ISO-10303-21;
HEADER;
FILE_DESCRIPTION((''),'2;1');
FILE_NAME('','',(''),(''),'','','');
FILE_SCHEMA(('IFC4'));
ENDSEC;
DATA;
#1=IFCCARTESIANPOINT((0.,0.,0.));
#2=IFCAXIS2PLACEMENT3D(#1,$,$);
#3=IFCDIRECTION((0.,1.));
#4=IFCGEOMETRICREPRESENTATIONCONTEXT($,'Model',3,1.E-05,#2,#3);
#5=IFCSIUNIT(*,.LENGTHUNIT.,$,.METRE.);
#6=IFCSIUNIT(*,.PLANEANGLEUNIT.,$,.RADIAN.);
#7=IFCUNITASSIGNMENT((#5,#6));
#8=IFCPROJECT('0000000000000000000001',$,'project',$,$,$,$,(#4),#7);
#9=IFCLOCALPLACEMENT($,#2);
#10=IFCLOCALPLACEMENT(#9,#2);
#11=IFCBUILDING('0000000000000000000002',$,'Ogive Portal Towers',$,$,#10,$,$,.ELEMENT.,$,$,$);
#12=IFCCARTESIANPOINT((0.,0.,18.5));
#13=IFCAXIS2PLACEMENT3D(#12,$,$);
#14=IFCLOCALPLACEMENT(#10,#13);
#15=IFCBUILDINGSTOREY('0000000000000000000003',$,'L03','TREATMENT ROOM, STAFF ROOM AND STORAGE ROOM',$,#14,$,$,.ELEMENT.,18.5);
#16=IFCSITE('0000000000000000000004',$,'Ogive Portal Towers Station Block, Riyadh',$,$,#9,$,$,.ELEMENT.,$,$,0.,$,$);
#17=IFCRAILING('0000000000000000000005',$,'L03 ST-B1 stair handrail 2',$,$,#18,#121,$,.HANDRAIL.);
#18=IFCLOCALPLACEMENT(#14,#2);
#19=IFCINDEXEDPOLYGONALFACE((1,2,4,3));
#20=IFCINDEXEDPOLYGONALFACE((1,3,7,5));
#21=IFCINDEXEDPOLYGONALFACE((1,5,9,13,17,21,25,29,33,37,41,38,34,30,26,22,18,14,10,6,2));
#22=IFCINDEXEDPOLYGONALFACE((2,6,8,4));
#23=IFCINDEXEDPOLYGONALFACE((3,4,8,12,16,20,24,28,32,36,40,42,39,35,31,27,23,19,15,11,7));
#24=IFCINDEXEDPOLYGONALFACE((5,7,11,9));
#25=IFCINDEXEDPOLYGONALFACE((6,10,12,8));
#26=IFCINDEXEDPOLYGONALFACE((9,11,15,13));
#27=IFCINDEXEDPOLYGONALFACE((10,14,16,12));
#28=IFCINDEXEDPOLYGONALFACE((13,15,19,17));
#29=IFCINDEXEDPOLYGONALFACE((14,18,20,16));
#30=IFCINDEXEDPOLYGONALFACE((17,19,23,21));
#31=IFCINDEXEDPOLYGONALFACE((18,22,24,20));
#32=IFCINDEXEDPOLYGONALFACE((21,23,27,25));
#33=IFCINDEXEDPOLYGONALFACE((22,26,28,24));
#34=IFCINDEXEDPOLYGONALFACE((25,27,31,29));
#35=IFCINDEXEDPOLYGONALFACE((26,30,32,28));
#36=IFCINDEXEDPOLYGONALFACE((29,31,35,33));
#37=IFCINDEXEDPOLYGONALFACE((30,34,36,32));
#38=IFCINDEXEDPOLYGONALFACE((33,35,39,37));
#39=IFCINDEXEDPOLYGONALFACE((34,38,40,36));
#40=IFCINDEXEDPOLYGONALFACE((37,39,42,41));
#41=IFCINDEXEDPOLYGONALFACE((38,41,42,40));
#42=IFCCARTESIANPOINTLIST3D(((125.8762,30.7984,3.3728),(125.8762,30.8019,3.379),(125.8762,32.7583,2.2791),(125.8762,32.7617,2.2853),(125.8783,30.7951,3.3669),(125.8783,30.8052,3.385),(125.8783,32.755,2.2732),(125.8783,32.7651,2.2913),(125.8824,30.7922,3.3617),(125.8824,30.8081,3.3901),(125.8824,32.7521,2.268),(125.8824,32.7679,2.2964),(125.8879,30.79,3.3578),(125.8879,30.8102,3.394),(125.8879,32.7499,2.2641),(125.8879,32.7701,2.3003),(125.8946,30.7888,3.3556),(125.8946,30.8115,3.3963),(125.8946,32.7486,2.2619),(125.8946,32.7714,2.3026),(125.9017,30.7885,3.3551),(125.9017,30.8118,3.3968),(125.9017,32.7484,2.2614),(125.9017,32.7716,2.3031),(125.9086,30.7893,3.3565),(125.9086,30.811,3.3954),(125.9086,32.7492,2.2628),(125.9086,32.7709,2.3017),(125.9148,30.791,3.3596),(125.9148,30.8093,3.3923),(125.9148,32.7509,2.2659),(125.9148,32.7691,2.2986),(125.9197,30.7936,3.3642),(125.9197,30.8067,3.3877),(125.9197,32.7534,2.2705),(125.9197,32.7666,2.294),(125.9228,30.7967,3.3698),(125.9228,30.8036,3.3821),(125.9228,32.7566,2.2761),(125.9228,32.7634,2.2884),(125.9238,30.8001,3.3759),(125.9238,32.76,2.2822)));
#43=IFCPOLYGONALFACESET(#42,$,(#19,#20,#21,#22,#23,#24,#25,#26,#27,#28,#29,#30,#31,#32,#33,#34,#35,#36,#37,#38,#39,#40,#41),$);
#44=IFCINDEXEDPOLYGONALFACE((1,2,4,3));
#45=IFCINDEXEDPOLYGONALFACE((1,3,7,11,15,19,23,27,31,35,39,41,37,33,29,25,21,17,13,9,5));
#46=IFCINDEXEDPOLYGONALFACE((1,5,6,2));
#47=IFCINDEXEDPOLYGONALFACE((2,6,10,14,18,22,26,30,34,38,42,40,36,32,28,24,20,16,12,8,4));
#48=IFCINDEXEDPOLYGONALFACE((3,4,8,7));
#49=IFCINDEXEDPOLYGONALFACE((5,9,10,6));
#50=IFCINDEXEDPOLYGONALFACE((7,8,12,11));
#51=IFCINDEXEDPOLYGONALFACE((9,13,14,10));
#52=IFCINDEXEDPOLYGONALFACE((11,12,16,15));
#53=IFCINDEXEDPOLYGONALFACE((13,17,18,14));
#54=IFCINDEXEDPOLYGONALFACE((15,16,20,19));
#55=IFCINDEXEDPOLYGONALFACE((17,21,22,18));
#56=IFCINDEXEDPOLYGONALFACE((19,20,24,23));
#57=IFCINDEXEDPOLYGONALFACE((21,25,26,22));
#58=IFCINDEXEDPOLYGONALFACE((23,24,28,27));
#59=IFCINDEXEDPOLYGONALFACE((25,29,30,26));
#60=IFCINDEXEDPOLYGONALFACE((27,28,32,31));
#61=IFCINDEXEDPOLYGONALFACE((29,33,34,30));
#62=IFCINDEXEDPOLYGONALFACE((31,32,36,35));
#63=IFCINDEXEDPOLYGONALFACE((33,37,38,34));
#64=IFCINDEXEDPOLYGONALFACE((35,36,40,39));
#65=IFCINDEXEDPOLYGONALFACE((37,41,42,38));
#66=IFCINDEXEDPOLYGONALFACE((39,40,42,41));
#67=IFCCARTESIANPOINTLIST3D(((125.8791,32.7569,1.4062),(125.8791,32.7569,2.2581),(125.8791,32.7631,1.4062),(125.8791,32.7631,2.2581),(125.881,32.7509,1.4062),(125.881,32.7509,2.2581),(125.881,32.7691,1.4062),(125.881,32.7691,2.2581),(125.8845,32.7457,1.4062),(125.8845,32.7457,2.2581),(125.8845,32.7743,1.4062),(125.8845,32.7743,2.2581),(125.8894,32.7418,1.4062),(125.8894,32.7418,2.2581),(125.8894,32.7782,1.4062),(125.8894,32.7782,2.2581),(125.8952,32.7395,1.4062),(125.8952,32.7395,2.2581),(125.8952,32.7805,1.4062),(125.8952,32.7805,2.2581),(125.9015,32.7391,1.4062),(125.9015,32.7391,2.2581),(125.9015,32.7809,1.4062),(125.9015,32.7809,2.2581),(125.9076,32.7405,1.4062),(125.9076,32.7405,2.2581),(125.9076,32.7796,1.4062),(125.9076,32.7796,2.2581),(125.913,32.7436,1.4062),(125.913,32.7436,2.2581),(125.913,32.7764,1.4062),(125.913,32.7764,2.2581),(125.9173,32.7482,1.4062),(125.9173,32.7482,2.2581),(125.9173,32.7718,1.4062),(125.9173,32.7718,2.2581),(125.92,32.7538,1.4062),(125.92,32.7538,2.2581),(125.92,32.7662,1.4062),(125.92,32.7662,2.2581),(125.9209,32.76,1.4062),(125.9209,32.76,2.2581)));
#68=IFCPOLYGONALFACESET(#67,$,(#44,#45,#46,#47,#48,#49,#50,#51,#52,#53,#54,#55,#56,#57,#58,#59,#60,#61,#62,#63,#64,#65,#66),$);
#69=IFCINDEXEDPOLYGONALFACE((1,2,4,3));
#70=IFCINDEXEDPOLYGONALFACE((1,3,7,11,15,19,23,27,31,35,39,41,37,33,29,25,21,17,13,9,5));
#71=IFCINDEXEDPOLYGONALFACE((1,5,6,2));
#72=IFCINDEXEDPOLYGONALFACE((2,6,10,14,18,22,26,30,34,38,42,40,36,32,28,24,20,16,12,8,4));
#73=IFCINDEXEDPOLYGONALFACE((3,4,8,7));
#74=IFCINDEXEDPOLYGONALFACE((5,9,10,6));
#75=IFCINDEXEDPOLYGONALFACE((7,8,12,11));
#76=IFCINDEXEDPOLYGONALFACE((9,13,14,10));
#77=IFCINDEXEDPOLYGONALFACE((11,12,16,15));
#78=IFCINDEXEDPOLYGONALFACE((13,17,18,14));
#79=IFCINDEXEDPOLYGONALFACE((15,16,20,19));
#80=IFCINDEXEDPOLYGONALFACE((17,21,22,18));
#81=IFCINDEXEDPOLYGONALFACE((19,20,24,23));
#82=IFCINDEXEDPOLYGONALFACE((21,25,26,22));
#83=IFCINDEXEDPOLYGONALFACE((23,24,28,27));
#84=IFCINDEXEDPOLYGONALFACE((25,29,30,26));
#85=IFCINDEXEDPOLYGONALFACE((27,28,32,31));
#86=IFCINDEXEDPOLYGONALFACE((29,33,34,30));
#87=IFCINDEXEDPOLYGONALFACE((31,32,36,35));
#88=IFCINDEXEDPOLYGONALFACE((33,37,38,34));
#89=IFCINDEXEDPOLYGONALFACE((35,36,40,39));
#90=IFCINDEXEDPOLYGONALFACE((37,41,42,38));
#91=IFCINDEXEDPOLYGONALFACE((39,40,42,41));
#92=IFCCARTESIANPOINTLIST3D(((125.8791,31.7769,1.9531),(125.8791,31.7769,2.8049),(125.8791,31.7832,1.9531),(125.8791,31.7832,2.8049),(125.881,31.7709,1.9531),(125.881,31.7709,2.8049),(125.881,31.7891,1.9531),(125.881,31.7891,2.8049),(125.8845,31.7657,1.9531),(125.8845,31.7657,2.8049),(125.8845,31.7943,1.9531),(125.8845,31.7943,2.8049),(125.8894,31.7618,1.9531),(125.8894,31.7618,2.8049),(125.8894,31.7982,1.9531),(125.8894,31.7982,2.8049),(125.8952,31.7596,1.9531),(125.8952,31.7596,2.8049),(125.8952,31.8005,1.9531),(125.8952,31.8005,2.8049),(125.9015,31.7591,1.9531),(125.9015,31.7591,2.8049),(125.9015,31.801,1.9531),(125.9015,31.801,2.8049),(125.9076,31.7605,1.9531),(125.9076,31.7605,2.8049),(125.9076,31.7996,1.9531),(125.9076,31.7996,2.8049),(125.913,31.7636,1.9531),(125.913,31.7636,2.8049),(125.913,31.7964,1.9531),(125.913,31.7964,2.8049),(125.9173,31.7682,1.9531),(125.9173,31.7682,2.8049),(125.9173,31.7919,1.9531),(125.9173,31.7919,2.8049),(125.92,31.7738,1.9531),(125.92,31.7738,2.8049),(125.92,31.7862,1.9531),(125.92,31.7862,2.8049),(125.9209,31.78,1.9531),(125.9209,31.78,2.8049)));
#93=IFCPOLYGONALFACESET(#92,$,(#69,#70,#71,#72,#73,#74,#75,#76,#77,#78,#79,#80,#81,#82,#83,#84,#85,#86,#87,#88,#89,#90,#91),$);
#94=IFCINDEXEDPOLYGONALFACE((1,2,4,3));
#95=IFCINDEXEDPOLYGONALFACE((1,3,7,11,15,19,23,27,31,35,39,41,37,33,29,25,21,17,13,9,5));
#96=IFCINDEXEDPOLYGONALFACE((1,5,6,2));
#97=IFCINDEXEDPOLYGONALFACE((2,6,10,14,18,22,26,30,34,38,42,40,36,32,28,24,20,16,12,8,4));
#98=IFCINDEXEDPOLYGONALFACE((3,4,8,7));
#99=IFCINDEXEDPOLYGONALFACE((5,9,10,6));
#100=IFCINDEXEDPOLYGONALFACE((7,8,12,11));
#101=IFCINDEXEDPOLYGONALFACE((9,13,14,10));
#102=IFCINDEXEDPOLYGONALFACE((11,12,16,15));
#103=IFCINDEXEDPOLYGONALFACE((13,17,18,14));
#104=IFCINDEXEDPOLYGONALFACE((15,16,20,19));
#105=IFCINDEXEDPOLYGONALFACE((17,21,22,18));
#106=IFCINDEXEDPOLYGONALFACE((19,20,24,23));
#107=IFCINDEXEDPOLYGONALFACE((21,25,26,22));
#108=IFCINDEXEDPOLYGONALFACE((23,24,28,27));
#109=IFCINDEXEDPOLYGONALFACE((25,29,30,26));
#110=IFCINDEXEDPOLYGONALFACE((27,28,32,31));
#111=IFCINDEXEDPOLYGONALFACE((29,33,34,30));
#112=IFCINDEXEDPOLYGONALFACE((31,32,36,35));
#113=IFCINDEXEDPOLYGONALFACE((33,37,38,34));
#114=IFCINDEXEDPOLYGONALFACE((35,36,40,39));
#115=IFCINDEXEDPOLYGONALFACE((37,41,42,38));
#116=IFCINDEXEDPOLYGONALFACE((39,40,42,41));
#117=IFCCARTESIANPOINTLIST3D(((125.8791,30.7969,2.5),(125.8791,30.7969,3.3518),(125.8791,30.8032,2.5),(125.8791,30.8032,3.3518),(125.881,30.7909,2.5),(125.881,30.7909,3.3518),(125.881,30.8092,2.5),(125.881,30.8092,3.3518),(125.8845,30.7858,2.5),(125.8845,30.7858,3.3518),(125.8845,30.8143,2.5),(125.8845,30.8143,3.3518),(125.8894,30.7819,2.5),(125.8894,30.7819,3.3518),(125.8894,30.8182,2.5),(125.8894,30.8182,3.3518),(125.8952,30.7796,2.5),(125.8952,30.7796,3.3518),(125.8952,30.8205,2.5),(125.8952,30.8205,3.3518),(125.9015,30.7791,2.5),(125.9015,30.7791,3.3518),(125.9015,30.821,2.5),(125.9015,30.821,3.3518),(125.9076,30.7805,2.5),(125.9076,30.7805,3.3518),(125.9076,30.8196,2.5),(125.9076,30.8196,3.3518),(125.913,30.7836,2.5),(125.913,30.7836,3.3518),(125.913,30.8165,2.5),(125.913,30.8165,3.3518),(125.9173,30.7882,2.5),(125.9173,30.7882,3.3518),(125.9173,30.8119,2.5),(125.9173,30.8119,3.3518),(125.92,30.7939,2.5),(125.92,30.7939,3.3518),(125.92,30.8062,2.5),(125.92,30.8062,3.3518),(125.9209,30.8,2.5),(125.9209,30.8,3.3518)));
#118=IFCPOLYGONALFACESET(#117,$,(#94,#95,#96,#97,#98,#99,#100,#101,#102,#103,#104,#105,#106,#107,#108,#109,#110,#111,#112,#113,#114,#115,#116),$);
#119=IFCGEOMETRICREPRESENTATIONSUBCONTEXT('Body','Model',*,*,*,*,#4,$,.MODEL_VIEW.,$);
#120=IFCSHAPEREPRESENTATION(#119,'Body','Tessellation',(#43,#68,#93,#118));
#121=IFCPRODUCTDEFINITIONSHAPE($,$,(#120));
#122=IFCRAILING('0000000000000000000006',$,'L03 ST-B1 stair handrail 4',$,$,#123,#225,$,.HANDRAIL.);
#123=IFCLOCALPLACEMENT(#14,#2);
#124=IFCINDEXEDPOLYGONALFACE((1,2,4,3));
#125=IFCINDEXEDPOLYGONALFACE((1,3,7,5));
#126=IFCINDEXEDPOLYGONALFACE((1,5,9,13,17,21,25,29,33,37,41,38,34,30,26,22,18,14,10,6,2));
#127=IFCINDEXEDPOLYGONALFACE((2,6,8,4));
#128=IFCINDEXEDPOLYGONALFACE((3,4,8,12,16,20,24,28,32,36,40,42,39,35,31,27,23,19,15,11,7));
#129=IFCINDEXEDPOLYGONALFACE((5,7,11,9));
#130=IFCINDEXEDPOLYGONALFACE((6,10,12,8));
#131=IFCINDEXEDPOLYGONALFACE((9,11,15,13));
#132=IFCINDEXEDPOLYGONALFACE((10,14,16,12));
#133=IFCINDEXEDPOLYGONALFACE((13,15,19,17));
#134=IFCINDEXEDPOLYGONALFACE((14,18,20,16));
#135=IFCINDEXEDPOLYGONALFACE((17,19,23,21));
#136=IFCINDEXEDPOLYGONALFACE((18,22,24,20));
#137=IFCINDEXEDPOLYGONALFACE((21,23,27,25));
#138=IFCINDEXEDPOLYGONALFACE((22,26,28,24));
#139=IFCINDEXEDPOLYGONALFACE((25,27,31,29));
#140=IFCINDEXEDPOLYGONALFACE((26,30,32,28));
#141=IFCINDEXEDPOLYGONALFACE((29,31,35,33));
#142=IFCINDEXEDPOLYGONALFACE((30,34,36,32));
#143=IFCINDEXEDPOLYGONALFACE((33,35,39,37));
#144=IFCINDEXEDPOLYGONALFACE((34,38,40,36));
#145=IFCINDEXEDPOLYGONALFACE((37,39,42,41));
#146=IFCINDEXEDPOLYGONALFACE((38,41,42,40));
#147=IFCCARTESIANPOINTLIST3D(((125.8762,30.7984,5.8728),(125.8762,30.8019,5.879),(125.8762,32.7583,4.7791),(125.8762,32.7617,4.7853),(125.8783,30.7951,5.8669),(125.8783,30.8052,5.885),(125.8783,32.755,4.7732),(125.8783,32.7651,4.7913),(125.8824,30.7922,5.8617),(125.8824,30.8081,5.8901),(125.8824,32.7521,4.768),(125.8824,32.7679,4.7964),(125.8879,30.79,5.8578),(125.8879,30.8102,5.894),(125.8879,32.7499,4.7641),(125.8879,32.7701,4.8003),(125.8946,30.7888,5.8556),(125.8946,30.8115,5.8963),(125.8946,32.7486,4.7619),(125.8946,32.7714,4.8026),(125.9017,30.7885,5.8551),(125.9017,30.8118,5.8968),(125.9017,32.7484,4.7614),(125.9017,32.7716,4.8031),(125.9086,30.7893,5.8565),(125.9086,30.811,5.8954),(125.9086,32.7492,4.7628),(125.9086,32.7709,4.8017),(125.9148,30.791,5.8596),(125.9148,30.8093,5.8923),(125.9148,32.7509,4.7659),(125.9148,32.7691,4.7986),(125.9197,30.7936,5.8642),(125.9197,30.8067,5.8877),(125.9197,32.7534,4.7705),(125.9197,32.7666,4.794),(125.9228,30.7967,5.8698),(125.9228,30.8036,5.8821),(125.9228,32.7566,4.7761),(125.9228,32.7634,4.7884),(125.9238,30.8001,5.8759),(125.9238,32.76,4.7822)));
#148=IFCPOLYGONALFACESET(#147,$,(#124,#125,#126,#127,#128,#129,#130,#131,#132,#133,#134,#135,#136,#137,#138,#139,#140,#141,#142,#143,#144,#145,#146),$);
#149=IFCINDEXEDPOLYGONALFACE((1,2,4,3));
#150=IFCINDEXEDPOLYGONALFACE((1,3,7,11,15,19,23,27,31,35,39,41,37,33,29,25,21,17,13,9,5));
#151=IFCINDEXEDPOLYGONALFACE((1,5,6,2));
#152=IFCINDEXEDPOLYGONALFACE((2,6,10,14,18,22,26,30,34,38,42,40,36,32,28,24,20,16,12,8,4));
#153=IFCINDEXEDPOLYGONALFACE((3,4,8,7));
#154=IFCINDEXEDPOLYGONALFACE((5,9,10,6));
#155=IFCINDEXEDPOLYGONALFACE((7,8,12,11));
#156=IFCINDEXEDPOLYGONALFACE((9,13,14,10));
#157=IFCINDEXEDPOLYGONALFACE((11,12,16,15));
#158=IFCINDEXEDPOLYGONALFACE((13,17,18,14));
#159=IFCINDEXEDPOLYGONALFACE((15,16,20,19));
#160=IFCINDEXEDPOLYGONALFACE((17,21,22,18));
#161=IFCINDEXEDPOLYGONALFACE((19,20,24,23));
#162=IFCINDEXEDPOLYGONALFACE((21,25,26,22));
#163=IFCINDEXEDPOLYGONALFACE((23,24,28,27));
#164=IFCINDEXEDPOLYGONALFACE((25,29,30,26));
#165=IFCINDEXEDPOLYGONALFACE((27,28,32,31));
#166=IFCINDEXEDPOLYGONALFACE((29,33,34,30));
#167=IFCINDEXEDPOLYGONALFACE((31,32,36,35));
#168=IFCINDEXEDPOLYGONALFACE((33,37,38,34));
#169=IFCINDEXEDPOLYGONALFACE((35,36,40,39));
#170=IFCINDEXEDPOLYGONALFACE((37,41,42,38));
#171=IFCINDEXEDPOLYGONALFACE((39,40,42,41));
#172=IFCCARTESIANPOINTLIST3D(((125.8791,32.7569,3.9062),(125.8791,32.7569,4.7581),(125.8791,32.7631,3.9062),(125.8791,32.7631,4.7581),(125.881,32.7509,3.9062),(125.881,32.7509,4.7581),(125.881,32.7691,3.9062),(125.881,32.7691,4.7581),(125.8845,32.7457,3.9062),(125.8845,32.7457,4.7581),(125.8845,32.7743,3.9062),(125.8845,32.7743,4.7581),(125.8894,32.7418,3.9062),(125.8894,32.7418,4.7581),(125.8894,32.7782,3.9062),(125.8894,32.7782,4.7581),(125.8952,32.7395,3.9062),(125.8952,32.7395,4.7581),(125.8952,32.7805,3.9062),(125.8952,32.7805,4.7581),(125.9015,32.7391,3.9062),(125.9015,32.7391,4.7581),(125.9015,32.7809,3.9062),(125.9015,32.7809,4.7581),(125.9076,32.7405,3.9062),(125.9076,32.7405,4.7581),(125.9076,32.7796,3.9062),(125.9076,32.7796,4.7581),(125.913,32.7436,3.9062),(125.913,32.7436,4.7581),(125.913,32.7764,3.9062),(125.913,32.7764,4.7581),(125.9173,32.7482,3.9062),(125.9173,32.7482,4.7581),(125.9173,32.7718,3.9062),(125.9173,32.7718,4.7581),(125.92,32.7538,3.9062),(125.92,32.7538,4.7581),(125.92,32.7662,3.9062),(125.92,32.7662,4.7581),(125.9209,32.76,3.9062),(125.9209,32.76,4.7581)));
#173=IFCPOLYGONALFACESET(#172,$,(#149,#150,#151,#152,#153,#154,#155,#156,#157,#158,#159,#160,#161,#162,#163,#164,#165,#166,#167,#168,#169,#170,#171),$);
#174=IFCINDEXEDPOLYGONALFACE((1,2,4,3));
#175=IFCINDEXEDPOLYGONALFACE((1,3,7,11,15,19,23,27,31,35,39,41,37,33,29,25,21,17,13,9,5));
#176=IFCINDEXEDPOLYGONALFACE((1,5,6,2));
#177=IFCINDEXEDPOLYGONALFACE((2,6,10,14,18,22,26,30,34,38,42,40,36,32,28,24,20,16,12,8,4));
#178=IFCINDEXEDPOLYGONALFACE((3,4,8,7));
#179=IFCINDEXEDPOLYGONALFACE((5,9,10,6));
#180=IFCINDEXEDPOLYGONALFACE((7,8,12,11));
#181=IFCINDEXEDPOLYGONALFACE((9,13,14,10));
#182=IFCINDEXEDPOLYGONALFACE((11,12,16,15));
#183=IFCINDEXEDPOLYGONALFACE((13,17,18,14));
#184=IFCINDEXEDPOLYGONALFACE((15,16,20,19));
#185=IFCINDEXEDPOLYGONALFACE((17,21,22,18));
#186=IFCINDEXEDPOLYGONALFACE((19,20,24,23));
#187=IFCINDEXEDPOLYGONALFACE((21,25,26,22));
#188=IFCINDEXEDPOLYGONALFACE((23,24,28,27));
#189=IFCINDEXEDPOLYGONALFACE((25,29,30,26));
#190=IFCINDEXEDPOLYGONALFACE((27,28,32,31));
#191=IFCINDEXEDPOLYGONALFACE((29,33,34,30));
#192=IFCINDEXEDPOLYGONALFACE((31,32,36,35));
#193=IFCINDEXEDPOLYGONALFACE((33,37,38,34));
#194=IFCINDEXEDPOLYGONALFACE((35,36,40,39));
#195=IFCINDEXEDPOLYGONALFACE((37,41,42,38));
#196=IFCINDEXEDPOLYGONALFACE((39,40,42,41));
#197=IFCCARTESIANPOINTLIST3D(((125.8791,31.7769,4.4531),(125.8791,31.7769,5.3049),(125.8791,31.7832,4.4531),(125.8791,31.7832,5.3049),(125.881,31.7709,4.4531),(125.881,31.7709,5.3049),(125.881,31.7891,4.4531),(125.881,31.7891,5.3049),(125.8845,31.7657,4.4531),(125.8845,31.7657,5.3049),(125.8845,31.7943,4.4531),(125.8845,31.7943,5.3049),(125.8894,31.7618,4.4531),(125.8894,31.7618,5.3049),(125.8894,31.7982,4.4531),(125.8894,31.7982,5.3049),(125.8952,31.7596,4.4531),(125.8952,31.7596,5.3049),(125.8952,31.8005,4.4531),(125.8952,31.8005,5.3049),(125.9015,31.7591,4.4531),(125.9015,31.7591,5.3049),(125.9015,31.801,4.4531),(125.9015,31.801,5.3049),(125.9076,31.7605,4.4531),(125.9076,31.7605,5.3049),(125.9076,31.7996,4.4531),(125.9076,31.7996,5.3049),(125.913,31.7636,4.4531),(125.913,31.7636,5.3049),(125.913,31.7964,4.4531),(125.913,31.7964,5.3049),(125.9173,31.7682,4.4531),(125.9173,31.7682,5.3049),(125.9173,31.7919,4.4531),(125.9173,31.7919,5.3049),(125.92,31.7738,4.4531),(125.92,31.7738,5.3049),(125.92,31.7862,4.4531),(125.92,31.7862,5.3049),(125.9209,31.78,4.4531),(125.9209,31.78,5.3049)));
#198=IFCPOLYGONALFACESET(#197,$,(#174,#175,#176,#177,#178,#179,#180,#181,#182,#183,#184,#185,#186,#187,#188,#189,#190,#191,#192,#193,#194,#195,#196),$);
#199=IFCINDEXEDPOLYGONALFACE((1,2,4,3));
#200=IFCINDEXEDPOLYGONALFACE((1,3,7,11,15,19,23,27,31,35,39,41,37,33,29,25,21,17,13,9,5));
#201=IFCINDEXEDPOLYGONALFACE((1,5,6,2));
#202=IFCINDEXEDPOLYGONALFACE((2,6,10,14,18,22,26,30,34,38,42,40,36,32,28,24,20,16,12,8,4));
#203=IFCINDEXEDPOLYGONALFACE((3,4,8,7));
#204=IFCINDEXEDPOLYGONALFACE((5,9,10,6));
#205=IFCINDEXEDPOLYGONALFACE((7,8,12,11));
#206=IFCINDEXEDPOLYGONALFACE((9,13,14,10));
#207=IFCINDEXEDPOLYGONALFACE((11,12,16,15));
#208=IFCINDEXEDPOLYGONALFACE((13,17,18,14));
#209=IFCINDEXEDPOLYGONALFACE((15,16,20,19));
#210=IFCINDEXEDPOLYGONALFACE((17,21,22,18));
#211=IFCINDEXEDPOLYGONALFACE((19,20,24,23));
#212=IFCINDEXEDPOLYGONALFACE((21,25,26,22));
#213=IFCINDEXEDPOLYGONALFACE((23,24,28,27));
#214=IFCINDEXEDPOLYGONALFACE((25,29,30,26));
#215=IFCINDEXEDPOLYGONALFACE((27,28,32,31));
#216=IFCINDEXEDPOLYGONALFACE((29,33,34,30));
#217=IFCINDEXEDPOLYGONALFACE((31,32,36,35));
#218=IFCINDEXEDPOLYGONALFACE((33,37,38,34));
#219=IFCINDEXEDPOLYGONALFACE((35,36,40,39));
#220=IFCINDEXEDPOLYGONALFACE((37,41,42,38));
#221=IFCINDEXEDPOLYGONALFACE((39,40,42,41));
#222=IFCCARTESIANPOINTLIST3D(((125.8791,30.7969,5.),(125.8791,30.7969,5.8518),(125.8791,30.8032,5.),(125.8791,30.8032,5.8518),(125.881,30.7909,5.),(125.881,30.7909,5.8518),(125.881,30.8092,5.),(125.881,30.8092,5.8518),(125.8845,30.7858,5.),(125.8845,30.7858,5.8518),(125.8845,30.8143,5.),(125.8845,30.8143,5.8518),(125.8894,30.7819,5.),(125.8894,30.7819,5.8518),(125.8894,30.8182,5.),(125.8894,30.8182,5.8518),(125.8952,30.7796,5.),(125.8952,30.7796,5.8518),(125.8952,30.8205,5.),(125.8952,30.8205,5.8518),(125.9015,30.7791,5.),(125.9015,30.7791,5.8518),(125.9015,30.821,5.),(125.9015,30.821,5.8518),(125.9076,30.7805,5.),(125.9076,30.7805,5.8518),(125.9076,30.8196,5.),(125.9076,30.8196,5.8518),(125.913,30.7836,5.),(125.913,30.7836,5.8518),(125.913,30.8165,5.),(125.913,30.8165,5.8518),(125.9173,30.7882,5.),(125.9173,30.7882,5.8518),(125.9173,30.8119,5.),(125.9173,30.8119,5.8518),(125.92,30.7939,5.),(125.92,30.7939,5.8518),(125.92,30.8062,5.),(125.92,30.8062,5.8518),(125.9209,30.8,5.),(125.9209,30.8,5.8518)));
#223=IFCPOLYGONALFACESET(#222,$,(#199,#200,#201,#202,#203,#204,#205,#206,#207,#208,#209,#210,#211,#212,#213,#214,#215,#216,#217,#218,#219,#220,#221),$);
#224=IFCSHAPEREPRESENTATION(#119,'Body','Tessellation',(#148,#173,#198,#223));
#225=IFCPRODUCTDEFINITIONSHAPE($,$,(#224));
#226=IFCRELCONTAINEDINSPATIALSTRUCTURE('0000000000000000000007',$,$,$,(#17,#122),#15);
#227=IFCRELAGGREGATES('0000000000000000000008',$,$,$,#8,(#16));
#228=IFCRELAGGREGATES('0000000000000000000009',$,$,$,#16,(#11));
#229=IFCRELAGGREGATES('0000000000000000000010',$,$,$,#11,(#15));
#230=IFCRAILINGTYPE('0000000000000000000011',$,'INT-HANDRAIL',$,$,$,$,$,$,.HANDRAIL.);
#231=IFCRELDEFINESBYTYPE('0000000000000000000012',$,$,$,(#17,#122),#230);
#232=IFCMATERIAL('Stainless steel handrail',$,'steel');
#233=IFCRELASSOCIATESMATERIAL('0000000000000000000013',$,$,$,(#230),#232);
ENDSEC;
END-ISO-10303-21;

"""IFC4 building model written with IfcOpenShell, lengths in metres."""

from ifc_helpers import new_model, si_unit, direction, frame, origin, origin_2d, place, context, subcontext, project, spatial, circle, extrude, material, type_object, element, save


model = new_model("IFC4")

# Units and contexts
model_context = context("Model", 3, precision=1e-05, world=origin(), true_north=direction((0.0, 1.0)))
body_context = subcontext(model_context, "Body", "Model", "MODEL_VIEW")
ifc_project = project(units=[si_unit("LENGTHUNIT", "METRE"), si_unit("PLANEANGLEUNIT", "RADIAN")], contexts=[model_context])

# Site, building, storey
site_placement = place(None, origin())
site = spatial("IfcSite", under=ifc_project, at=site_placement, Name="Ogive Portal Towers Station Block, Riyadh", CompositionType="ELEMENT", RefElevation=0.0)
building_placement = place(site_placement, origin())
building = spatial("IfcBuilding", under=site, at=building_placement, Name="Ogive Portal Towers", CompositionType="ELEMENT")
storey_placement = place(building_placement, frame((0.0, 0.0, 18.5)))
storey = spatial("IfcBuildingStorey", under=building, at=storey_placement, Name="L03", Description="TREATMENT ROOM, STAFF ROOM AND STORAGE ROOM", CompositionType="ELEMENT", Elevation=18.5)

# Railings
ifc_material_1 = material(Name="Stainless steel handrail", Category="steel")
railing_type_1 = type_object("IfcRailingType", Name="INT-HANDRAIL", PredefinedType="HANDRAIL", material=ifc_material_1)
for number, where, name in (
    (1, (125.8999, 32.76, 1.4062), "L03 ST-B1 stair handrail 2"),
    (2, (125.8999, 32.76, 3.9062), "L03 ST-B1 stair handrail 4"),
):
    element("IfcRailing", number, at=place(storey_placement, frame(where)), inside=storey, type_object=railing_type_1, Name=name, PredefinedType="HANDRAIL", context=body_context, shape_type="SweptSolid", body=[
        extrude(circle(Radius=0.0239, at=origin_2d()), frame((0.0, 0.0, 0.876), z_axis=(0.0, -0.873232, 0.487304), x_axis=(1.0, 0.0, 0.0)), (0.0, 0.0, 1.0), 2.2444),
        extrude(circle(Radius=0.021, at=origin_2d()), origin(), (0.0, 0.0, 1.0), 0.8518),
        extrude(circle(Radius=0.021, at=origin_2d()), frame((0.0, -0.98, 0.5469)), (0.0, 0.0, 1.0), 0.8518),
        extrude(circle(Radius=0.021, at=origin_2d()), frame((0.0, -1.96, 1.0938)), (0.0, 0.0, 1.0), 0.8518),
    ])

save(model, "model.ifc")
